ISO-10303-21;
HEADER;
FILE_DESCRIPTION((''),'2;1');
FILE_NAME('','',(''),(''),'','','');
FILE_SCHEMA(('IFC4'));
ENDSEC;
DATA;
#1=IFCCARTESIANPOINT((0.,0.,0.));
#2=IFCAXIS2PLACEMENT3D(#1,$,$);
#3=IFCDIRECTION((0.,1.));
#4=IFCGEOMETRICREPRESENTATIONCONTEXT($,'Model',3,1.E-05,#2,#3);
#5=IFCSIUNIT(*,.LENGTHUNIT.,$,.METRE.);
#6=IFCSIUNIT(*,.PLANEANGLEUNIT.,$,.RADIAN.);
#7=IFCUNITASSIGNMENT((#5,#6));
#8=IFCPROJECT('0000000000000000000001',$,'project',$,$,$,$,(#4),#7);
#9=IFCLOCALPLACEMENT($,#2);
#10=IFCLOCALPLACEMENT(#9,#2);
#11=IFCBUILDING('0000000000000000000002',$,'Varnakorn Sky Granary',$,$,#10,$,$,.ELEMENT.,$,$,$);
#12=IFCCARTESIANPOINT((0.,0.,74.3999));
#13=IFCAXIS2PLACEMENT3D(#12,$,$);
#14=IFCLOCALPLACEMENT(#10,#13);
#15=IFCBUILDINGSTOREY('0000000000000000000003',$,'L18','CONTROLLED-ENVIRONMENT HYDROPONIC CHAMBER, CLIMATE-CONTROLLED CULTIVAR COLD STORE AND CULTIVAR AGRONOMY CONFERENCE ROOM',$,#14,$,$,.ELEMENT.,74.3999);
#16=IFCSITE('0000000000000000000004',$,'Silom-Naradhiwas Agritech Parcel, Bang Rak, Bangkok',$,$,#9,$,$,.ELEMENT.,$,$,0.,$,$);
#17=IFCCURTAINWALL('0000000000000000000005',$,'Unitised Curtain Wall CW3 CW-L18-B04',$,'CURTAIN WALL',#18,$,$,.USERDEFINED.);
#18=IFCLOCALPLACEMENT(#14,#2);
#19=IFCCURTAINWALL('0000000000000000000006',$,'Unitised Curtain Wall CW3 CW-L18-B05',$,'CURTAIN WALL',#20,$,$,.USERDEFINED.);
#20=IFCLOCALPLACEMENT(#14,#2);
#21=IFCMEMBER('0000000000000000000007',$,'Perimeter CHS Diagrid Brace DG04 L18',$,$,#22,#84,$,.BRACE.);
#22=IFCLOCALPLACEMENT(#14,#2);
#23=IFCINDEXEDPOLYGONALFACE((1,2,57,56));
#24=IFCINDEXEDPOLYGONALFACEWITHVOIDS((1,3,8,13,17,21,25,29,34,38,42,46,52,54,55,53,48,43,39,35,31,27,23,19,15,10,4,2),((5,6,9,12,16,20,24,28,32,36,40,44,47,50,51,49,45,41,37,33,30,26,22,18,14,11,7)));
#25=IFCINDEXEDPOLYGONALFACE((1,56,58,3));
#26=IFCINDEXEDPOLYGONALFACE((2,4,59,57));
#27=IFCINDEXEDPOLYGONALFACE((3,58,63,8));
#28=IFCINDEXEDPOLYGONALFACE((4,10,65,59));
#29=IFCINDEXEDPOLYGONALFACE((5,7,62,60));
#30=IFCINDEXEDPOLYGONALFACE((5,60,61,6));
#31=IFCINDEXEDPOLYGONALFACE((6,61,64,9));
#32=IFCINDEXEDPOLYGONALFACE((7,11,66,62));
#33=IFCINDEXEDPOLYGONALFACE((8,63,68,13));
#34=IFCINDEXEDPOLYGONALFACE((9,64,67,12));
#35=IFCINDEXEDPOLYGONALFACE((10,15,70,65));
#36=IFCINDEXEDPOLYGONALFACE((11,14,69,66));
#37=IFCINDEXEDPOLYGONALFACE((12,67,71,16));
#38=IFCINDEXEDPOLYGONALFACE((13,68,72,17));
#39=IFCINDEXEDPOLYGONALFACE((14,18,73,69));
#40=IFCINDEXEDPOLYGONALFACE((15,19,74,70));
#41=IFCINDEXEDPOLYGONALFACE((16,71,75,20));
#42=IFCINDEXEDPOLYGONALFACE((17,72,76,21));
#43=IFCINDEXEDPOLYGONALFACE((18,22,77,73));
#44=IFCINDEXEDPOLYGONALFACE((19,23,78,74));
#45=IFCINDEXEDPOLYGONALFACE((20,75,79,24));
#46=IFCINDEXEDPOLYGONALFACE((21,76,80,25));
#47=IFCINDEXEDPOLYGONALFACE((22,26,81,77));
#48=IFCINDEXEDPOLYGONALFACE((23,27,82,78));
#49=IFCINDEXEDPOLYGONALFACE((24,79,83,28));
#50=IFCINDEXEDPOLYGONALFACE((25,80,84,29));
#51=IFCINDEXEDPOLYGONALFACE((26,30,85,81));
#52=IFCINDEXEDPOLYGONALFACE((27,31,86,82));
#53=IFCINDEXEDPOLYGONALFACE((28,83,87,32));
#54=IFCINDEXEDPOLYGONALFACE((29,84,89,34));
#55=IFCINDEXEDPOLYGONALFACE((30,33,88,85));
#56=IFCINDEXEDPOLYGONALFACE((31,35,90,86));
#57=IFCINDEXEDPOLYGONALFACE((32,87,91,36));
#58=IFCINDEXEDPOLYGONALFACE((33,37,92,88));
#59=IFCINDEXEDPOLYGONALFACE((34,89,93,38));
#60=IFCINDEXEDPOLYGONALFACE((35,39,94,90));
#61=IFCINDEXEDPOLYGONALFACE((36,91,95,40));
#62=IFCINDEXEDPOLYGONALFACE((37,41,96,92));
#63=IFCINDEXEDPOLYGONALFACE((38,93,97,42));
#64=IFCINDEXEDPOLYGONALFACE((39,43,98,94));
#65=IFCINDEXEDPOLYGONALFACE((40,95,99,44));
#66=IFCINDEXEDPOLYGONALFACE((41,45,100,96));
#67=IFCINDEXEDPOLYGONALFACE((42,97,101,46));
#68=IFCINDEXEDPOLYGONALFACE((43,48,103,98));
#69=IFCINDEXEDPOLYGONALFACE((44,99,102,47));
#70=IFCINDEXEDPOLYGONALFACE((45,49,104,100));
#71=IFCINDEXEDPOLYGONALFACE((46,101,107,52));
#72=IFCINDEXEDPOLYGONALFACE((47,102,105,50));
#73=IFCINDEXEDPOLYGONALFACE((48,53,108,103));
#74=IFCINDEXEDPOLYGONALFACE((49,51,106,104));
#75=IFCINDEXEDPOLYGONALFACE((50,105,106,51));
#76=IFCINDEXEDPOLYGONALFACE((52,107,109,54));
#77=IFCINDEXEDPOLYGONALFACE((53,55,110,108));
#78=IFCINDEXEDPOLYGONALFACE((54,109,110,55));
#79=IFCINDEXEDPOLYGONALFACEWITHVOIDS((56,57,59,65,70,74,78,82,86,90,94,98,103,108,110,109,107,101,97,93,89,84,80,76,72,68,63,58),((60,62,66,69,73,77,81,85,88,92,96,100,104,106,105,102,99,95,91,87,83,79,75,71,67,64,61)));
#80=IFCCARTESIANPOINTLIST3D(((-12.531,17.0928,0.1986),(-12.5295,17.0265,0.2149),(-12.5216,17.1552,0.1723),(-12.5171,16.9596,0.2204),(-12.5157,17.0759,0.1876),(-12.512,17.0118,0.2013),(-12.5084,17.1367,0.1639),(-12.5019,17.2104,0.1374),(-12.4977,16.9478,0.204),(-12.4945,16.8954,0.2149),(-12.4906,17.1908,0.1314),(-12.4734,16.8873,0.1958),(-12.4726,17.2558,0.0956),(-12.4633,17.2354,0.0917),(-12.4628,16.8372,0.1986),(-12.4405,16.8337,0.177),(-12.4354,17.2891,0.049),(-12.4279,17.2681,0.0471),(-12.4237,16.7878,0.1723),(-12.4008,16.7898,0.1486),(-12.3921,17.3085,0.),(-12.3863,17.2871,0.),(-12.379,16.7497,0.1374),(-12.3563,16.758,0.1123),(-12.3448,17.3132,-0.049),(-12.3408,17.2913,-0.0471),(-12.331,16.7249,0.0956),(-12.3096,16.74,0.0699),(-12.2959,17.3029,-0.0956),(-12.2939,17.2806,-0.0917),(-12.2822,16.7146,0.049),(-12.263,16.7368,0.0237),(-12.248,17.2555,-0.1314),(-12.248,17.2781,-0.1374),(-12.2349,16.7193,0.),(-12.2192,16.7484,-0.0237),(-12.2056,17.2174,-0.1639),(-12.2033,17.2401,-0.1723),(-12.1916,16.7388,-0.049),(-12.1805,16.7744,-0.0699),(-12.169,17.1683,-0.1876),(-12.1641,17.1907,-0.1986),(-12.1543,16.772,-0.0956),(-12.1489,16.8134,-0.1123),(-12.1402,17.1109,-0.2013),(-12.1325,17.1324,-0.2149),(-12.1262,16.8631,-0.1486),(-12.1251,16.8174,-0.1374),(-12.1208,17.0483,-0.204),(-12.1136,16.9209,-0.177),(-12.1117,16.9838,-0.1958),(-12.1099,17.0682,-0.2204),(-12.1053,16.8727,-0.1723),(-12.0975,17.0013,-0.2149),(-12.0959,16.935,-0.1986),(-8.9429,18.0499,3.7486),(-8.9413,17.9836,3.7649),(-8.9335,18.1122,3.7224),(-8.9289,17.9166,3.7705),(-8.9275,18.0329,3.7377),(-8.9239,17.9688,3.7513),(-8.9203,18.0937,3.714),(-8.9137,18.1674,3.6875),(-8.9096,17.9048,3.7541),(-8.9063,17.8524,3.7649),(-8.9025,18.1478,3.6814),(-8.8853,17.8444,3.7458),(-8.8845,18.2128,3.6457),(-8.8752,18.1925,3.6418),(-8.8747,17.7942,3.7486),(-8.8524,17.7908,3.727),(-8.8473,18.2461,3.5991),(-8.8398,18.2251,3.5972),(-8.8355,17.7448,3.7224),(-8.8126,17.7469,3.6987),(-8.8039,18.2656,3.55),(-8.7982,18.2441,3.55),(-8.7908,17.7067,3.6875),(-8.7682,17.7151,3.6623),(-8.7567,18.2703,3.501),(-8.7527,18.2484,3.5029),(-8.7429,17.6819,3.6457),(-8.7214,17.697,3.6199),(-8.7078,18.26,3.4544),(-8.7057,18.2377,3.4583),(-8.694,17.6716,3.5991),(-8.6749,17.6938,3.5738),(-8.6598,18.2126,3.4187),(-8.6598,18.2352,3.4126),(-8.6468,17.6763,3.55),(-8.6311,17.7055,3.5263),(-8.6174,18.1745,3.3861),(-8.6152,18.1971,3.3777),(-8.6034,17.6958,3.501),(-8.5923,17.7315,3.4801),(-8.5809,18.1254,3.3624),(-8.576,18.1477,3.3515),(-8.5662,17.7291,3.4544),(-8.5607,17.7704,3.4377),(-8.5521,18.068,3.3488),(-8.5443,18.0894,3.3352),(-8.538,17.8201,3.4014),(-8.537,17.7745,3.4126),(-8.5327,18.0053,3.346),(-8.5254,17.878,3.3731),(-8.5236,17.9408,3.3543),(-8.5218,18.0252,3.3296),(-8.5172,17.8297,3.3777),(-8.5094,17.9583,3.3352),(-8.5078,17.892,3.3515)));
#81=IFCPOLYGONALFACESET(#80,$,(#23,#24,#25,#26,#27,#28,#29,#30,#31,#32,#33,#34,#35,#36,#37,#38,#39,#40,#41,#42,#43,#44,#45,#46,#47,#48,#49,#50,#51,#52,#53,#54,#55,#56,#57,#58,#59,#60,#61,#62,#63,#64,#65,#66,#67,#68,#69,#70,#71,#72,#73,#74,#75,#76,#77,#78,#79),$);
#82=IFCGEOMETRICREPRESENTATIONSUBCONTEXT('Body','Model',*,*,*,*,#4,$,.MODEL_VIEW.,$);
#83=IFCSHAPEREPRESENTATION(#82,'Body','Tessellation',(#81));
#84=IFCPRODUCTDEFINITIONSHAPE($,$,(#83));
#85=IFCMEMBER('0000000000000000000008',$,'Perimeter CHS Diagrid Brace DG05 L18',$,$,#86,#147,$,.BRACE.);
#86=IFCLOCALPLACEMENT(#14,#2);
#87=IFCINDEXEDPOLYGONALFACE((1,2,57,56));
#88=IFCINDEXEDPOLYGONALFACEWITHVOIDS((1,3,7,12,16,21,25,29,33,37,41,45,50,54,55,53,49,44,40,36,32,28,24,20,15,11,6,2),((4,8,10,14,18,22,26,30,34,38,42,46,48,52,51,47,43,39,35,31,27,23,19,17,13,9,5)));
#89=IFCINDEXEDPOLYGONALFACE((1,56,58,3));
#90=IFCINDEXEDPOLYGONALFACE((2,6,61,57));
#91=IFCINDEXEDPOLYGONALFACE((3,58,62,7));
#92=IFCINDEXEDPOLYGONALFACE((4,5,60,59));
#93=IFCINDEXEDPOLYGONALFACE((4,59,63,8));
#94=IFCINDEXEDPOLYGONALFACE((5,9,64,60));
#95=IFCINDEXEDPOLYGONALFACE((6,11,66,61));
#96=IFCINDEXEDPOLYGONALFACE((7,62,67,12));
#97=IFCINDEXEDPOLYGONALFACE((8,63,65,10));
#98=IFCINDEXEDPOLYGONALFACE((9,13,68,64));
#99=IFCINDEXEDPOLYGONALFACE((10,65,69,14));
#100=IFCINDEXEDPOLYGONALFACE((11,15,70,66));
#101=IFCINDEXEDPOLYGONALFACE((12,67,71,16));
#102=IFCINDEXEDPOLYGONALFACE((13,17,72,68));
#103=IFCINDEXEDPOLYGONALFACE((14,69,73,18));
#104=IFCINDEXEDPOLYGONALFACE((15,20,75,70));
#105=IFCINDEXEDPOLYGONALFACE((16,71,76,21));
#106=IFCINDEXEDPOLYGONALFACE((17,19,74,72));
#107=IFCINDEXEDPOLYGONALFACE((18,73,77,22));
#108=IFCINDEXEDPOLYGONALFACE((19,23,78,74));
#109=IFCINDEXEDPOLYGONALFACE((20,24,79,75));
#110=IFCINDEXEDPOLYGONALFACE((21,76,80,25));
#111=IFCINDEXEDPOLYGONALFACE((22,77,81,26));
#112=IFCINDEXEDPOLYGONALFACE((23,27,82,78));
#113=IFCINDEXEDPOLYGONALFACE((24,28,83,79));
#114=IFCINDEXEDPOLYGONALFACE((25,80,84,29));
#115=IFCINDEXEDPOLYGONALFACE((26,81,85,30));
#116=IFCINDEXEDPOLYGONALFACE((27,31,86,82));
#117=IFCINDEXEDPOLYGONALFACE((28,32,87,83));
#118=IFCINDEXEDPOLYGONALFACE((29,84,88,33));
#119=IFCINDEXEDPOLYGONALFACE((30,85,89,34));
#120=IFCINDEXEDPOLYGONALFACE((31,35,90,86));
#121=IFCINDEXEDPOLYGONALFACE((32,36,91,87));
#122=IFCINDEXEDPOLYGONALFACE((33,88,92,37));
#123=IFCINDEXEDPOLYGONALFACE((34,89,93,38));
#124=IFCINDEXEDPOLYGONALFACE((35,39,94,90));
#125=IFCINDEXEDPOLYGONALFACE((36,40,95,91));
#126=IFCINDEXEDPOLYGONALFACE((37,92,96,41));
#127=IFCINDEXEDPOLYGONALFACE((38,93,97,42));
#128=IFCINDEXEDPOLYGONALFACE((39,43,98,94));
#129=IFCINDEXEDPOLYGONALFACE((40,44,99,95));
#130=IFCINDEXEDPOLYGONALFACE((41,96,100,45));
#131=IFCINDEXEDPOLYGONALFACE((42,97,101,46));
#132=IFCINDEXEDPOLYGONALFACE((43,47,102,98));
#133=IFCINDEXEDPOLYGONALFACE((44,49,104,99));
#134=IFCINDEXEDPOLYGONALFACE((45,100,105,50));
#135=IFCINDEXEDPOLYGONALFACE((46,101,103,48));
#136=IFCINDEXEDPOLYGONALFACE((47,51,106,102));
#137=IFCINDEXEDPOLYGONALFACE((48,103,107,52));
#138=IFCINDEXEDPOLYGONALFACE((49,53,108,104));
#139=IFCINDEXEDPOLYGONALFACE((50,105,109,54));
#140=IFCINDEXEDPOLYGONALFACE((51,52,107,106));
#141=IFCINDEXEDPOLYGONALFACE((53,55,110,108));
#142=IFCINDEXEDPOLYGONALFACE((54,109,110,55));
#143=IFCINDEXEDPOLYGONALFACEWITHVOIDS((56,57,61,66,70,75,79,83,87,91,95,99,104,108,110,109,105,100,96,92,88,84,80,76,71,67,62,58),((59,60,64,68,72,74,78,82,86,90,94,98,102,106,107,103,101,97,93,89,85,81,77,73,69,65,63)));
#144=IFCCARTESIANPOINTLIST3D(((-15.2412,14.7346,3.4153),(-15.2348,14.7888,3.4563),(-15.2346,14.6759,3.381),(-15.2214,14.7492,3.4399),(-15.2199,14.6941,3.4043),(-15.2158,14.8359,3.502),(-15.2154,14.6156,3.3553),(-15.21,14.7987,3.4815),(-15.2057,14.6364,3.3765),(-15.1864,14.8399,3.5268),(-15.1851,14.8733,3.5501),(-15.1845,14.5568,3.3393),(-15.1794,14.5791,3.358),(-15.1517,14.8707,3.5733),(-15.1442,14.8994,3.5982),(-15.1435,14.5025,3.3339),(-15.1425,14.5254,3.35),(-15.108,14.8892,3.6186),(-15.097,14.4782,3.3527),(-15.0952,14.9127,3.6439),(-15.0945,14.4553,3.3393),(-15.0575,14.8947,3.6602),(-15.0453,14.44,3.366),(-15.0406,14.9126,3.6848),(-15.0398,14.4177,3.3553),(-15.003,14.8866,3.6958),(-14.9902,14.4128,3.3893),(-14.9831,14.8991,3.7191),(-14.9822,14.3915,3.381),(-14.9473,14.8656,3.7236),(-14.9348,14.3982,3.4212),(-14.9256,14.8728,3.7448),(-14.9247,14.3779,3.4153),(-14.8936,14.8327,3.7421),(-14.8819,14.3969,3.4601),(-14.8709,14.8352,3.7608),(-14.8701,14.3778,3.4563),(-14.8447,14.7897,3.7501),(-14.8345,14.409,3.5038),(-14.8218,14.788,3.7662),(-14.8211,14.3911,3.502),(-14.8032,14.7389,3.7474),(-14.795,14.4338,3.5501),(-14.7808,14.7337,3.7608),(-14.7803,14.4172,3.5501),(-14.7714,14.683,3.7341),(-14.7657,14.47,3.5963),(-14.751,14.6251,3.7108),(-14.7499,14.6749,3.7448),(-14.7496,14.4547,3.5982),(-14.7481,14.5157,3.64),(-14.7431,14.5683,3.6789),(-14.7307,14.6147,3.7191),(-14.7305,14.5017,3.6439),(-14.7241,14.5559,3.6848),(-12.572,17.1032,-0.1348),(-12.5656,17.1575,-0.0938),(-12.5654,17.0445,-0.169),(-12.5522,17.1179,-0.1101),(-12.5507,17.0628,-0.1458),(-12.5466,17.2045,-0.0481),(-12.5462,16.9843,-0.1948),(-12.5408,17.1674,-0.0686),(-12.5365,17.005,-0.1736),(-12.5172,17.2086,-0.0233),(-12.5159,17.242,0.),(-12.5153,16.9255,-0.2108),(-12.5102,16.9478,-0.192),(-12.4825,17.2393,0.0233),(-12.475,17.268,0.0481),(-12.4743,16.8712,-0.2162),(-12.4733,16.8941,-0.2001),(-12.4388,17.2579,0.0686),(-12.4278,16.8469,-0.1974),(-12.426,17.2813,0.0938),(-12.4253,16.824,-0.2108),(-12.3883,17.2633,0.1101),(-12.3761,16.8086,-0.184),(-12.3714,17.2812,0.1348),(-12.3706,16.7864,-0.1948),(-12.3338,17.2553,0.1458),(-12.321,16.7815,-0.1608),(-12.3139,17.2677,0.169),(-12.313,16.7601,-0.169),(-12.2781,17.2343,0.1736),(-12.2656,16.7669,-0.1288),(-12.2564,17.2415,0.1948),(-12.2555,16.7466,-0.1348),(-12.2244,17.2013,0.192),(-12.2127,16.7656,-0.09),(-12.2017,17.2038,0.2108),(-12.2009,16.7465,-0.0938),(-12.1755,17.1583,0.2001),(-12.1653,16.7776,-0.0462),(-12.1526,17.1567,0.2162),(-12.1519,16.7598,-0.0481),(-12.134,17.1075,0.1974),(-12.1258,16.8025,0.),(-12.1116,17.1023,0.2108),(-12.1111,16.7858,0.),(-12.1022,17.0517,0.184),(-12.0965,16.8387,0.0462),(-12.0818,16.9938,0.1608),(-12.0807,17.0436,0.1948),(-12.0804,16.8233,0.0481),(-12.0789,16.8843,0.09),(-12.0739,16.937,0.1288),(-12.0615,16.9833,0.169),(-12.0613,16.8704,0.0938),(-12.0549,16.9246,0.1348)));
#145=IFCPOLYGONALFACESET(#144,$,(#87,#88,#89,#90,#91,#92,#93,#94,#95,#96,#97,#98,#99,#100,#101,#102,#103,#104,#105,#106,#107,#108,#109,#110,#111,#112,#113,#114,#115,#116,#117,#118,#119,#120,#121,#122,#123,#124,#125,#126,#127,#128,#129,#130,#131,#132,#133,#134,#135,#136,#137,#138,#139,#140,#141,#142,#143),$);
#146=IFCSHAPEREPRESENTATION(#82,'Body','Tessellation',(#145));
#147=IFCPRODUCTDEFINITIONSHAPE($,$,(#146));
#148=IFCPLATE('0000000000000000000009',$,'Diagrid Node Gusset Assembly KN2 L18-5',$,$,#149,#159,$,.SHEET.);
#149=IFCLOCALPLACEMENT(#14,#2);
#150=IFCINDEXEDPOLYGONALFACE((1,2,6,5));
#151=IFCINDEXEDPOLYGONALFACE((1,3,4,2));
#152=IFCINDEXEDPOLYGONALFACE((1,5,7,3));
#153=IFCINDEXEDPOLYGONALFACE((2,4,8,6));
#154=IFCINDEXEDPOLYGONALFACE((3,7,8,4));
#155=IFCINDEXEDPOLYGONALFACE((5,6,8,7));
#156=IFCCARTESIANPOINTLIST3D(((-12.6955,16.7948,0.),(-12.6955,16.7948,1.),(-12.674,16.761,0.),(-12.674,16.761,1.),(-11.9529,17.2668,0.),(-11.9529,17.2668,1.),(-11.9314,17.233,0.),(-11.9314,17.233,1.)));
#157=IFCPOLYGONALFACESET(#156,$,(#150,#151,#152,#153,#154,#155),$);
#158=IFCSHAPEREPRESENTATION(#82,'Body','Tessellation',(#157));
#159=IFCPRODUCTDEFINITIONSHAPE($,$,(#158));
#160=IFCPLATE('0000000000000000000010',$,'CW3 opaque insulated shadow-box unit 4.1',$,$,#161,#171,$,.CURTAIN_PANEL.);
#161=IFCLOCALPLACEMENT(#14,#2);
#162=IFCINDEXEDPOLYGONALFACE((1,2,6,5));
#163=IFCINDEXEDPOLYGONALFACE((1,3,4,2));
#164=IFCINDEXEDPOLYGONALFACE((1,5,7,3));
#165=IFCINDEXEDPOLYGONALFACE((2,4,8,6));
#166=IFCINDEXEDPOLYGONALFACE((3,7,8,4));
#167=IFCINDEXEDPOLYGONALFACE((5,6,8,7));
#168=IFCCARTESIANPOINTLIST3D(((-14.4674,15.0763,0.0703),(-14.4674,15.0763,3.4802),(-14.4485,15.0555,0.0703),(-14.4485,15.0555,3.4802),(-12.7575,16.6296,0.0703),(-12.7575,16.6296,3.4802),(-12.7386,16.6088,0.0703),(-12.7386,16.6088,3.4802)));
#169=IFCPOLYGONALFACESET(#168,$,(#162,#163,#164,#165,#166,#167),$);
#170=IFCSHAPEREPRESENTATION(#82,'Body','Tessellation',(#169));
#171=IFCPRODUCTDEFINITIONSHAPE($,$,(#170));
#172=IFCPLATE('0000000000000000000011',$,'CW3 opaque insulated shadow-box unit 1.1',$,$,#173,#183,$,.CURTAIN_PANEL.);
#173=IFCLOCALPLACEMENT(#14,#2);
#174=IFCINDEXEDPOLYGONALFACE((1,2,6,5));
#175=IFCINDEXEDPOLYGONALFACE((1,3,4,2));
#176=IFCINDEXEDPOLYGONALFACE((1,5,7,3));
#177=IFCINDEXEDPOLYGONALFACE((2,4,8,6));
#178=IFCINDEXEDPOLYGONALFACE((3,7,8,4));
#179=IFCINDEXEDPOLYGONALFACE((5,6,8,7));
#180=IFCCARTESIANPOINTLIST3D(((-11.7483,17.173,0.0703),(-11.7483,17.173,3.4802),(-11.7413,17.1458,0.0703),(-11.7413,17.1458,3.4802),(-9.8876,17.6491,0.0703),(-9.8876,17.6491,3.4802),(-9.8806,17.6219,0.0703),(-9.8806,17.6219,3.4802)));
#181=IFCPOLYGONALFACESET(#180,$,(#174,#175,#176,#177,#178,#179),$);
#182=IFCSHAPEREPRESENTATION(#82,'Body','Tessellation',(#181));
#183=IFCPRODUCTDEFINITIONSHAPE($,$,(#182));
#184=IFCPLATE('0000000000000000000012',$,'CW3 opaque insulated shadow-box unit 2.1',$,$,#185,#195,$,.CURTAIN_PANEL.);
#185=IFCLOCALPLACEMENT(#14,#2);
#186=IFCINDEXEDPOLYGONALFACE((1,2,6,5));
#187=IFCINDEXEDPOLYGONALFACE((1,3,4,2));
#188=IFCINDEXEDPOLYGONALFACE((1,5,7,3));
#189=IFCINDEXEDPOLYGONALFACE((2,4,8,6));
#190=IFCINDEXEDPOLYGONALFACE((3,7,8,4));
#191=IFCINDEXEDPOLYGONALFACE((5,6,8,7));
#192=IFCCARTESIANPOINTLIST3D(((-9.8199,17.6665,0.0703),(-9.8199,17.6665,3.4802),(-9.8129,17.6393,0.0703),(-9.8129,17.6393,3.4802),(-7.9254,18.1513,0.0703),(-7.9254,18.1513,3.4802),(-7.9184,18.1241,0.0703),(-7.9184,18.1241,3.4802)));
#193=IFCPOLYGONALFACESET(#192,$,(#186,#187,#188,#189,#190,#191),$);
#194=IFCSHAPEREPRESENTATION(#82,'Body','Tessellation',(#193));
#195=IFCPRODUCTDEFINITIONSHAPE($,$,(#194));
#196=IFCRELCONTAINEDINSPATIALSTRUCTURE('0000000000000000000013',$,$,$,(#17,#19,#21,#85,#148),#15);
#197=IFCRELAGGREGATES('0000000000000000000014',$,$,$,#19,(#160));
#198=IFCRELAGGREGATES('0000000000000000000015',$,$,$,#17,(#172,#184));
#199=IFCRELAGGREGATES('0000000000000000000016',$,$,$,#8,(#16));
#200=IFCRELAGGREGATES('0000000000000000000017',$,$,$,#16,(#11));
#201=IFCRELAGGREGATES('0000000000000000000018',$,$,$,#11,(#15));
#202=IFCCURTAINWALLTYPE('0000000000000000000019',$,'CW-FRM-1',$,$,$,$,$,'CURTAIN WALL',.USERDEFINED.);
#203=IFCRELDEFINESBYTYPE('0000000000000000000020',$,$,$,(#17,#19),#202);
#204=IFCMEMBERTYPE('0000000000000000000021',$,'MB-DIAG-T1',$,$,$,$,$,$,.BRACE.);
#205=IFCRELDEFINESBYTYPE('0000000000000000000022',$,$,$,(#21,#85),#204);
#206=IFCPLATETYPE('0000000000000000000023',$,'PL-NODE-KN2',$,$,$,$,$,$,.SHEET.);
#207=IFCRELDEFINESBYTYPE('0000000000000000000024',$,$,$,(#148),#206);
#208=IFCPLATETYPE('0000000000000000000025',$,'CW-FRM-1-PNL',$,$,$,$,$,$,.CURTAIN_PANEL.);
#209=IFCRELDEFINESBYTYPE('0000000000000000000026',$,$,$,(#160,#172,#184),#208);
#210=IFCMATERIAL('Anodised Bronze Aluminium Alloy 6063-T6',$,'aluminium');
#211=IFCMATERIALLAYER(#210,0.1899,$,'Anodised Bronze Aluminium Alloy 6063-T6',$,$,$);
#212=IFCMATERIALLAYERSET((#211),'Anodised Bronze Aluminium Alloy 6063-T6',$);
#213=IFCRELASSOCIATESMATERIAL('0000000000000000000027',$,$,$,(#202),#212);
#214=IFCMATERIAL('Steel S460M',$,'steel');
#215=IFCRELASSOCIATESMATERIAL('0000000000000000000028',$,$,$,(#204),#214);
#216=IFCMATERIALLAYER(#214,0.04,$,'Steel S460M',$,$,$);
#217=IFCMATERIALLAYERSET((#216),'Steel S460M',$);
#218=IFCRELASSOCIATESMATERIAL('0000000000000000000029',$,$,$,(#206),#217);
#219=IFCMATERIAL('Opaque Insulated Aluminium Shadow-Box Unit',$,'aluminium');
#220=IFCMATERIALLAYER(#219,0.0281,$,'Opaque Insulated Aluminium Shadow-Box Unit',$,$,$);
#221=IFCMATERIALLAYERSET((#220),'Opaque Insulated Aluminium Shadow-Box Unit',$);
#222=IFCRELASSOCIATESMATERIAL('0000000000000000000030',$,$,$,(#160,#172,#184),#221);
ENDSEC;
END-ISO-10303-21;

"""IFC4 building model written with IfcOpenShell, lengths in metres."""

from ifc_helpers import new_model, si_unit, direction, frame, origin, origin_2d, place, context, subcontext, project, spatial, rectangle, hollow_circle, extrude, source, transform, mapped, material, layer, layer_set, material_profile, profile_set, type_object, type_shapes, element, aggregate, save


model = new_model("IFC4")

# Units and contexts
model_context = context("Model", 3, precision=1e-05, world=origin(), true_north=direction((0.0, 1.0)))
body_context = subcontext(model_context, "Body", "Model", "MODEL_VIEW")
ifc_project = project(units=[si_unit("LENGTHUNIT", "METRE"), si_unit("PLANEANGLEUNIT", "RADIAN")], contexts=[model_context])

# Site, building, storey
site_placement = place(None, origin())
site = spatial("IfcSite", under=ifc_project, at=site_placement, Name="Silom-Naradhiwas Agritech Parcel, Bang Rak, Bangkok", CompositionType="ELEMENT", RefElevation=0.0)
building_placement = place(site_placement, origin())
building = spatial("IfcBuilding", under=site, at=building_placement, Name="Varnakorn Sky Granary", CompositionType="ELEMENT")
storey_placement = place(building_placement, frame((0.0, 0.0, 74.3999)))
storey = spatial("IfcBuildingStorey", under=building, at=storey_placement, Name="L18", Description="CONTROLLED-ENVIRONMENT HYDROPONIC CHAMBER, CLIMATE-CONTROLLED CULTIVAR COLD STORE AND CULTIVAR AGRONOMY CONFERENCE ROOM", CompositionType="ELEMENT", Elevation=74.3999)

# Shared definitions
ifc_material_1 = material(Name="Steel S460M", Category="steel")

# Curtain wall
ifc_material_2 = material(Name="Anodised Bronze Aluminium Alloy 6063-T6", Category="aluminium")
ifc_layer_1 = layer(ifc_material_2, 0.1899, Name="Anodised Bronze Aluminium Alloy 6063-T6")
ifc_layer_set_1 = layer_set([ifc_layer_1], Name="Anodised Bronze Aluminium Alloy 6063-T6")
curtain_wall_type = type_object("IfcCurtainWallType", Name="CW-FRM-1", ElementType="CURTAIN WALL", PredefinedType="USERDEFINED", material=ifc_layer_set_1)
curtain_wall_1_placement = place(storey_placement, origin())
curtain_wall_1 = element("IfcCurtainWall", 1, at=curtain_wall_1_placement, inside=storey, type_object=curtain_wall_type, Name="Unitised Curtain Wall CW3 CW-L18-B04", ObjectType="CURTAIN WALL", PredefinedType="USERDEFINED")

# Curtain wall
curtain_wall_2_placement = place(storey_placement, origin())
curtain_wall_2 = element("IfcCurtainWall", 2, at=curtain_wall_2_placement, inside=storey, type_object=curtain_wall_type, Name="Unitised Curtain Wall CW3 CW-L18-B05", ObjectType="CURTAIN WALL", PredefinedType="USERDEFINED")

# Members
ifc_material_profile_1 = material_profile(ifc_material_1, hollow_circle(Radius=0.3049, WallThickness=0.0222, at=origin_2d()), Name="CHS 610x22")
ifc_profile_set_1 = profile_set([ifc_material_profile_1], Name="Steel S460M")
member_type_1 = type_object("IfcMemberType", Name="MB-DIAG-T1", PredefinedType="BRACE", material=ifc_profile_set_1)
member_1_placement = place(storey_placement, frame((-12.3135, 17.0139, 0.0), z_axis=(0.698426, 0.186285, 0.691013), x_axis=(-0.257712, 0.966222, 0.0)))
element("IfcMember", 3, at=member_1_placement, inside=storey, type_object=member_type_1, Name="Perimeter CHS Diagrid Brace DG04 L18", PredefinedType="BRACE", context=body_context, shape_type="SweptSolid", body=[
    extrude(hollow_circle(Radius=0.3049, WallThickness=0.0222, at=origin_2d()), origin(), (0.0, 0.0, 1.0), 5.1375),
])
member_2_placement = place(storey_placement, frame((-12.3135, 17.0139, 0.0), z_axis=(-0.530266, -0.470561, 0.705259), x_axis=(0.663744, -0.74796, 0.0)))
element("IfcMember", 4, at=member_2_placement, inside=storey, type_object=member_type_1, Name="Perimeter CHS Diagrid Brace DG05 L18", PredefinedType="BRACE", context=body_context, shape_type="SweptSolid", body=[
    extrude(hollow_circle(Radius=0.3049, WallThickness=0.0222, at=origin_2d()), origin(), (0.0, 0.0, 1.0), 5.0337),
])

# Plates
ifc_layer_2 = layer(ifc_material_1, 0.04, Name="Steel S460M")
ifc_layer_set_2 = layer_set([ifc_layer_2], Name="Steel S460M")
plate_type_1 = type_object("IfcPlateType", Name="PL-NODE-KN2", PredefinedType="SHEET", material=ifc_layer_set_2)
plate_1_placement = place(storey_placement, frame((-12.3135, 17.0139, 0.0), z_axis=(0.0, 0.0, 1.0), x_axis=(-0.843965, -0.536398, 0.0)))
element("IfcPlate", 5, at=plate_1_placement, inside=storey, type_object=plate_type_1, Name="Diagrid Node Gusset Assembly KN2 L18-5", PredefinedType="SHEET", context=body_context, shape_type="SweptSolid", body=[
    extrude(rectangle(XDim=0.8799, YDim=0.04, at=origin_2d()), origin(), (0.0, 0.0, 1.0), 1.0),
])
ifc_material_3 = material(Name="Opaque Insulated Aluminium Shadow-Box Unit", Category="aluminium")
ifc_layer_3 = layer(ifc_material_3, 0.0281, Name="Opaque Insulated Aluminium Shadow-Box Unit")
ifc_layer_set_3 = layer_set([ifc_layer_3], Name="Opaque Insulated Aluminium Shadow-Box Unit")
plate_type_2 = type_object("IfcPlateType", Name="CW-FRM-1-PNL", PredefinedType="CURTAIN_PANEL")
shared_shape_1 = source(origin(), body_context, "Body", "SweptSolid", [
    extrude(rectangle(XDim=2.3101, YDim=0.0281, at=origin_2d()), origin(), (0.0, 0.0, 1.0), 3.4099),
])
plate_2_placement = place(storey_placement, frame((-13.603, 15.8425, 0.0703), z_axis=(0.0, 0.0, 1.0), x_axis=(0.74019, 0.672398, 0.0)))
plate_2 = element("IfcPlate", 6, at=plate_2_placement, type_object=plate_type_2, material=ifc_layer_set_3, Name="CW3 opaque insulated shadow-box unit 4.1", PredefinedType="CURTAIN_PANEL", context=body_context, shape_type="MappedRepresentation", body=[
    mapped(shared_shape_1, transform((0.0, 0.0, 0.0), x_axis=(1.0, 0.0, 0.0), y_axis=(0.0, 1.0, 0.0), z_axis=(0.0, 0.0, 1.0), scale=1.0)),
])
aggregate(curtain_wall_2, [plate_2])
shared_shape_2 = source(origin(), body_context, "Body", "SweptSolid", [
    extrude(rectangle(XDim=1.9207, YDim=0.0281, at=origin_2d()), origin(), (0.0, 0.0, 1.0), 3.4099),
])
plate_3_placement = place(storey_placement, frame((-10.8145, 17.3975, 0.0703), z_axis=(0.0, 0.0, 1.0), x_axis=(0.968785, 0.247901, 0.0)))
plate_3 = element("IfcPlate", 7, at=plate_3_placement, type_object=plate_type_2, material=ifc_layer_set_3, Name="CW3 opaque insulated shadow-box unit 1.1", PredefinedType="CURTAIN_PANEL", context=body_context, shape_type="MappedRepresentation", body=[
    mapped(shared_shape_2, transform((0.0, 0.0, 0.0), x_axis=(1.0, 0.0, 0.0), y_axis=(0.0, 1.0, 0.0), z_axis=(0.0, 0.0, 1.0), scale=1.0)),
])
shared_shape_3 = source(origin(), body_context, "Body", "SweptSolid", [
    extrude(rectangle(XDim=1.9556, YDim=0.0281, at=origin_2d()), origin(), (0.0, 0.0, 1.0), 3.4099),
])
type_shapes(plate_type_2, [shared_shape_1, shared_shape_2, shared_shape_3])
plate_4_placement = place(storey_placement, frame((-8.8691, 17.8953, 0.0703), z_axis=(0.0, 0.0, 1.0), x_axis=(0.968785, 0.247901, 0.0)))
plate_4 = element("IfcPlate", 8, at=plate_4_placement, type_object=plate_type_2, material=ifc_layer_set_3, Name="CW3 opaque insulated shadow-box unit 2.1", PredefinedType="CURTAIN_PANEL", context=body_context, shape_type="MappedRepresentation", body=[
    mapped(shared_shape_3, transform((0.0, 0.0, 0.0), x_axis=(1.0, 0.0, 0.0), y_axis=(0.0, 1.0, 0.0), z_axis=(0.0, 0.0, 1.0), scale=1.0)),
])
aggregate(curtain_wall_1, [plate_3, plate_4])

save(model, "model.ifc")
